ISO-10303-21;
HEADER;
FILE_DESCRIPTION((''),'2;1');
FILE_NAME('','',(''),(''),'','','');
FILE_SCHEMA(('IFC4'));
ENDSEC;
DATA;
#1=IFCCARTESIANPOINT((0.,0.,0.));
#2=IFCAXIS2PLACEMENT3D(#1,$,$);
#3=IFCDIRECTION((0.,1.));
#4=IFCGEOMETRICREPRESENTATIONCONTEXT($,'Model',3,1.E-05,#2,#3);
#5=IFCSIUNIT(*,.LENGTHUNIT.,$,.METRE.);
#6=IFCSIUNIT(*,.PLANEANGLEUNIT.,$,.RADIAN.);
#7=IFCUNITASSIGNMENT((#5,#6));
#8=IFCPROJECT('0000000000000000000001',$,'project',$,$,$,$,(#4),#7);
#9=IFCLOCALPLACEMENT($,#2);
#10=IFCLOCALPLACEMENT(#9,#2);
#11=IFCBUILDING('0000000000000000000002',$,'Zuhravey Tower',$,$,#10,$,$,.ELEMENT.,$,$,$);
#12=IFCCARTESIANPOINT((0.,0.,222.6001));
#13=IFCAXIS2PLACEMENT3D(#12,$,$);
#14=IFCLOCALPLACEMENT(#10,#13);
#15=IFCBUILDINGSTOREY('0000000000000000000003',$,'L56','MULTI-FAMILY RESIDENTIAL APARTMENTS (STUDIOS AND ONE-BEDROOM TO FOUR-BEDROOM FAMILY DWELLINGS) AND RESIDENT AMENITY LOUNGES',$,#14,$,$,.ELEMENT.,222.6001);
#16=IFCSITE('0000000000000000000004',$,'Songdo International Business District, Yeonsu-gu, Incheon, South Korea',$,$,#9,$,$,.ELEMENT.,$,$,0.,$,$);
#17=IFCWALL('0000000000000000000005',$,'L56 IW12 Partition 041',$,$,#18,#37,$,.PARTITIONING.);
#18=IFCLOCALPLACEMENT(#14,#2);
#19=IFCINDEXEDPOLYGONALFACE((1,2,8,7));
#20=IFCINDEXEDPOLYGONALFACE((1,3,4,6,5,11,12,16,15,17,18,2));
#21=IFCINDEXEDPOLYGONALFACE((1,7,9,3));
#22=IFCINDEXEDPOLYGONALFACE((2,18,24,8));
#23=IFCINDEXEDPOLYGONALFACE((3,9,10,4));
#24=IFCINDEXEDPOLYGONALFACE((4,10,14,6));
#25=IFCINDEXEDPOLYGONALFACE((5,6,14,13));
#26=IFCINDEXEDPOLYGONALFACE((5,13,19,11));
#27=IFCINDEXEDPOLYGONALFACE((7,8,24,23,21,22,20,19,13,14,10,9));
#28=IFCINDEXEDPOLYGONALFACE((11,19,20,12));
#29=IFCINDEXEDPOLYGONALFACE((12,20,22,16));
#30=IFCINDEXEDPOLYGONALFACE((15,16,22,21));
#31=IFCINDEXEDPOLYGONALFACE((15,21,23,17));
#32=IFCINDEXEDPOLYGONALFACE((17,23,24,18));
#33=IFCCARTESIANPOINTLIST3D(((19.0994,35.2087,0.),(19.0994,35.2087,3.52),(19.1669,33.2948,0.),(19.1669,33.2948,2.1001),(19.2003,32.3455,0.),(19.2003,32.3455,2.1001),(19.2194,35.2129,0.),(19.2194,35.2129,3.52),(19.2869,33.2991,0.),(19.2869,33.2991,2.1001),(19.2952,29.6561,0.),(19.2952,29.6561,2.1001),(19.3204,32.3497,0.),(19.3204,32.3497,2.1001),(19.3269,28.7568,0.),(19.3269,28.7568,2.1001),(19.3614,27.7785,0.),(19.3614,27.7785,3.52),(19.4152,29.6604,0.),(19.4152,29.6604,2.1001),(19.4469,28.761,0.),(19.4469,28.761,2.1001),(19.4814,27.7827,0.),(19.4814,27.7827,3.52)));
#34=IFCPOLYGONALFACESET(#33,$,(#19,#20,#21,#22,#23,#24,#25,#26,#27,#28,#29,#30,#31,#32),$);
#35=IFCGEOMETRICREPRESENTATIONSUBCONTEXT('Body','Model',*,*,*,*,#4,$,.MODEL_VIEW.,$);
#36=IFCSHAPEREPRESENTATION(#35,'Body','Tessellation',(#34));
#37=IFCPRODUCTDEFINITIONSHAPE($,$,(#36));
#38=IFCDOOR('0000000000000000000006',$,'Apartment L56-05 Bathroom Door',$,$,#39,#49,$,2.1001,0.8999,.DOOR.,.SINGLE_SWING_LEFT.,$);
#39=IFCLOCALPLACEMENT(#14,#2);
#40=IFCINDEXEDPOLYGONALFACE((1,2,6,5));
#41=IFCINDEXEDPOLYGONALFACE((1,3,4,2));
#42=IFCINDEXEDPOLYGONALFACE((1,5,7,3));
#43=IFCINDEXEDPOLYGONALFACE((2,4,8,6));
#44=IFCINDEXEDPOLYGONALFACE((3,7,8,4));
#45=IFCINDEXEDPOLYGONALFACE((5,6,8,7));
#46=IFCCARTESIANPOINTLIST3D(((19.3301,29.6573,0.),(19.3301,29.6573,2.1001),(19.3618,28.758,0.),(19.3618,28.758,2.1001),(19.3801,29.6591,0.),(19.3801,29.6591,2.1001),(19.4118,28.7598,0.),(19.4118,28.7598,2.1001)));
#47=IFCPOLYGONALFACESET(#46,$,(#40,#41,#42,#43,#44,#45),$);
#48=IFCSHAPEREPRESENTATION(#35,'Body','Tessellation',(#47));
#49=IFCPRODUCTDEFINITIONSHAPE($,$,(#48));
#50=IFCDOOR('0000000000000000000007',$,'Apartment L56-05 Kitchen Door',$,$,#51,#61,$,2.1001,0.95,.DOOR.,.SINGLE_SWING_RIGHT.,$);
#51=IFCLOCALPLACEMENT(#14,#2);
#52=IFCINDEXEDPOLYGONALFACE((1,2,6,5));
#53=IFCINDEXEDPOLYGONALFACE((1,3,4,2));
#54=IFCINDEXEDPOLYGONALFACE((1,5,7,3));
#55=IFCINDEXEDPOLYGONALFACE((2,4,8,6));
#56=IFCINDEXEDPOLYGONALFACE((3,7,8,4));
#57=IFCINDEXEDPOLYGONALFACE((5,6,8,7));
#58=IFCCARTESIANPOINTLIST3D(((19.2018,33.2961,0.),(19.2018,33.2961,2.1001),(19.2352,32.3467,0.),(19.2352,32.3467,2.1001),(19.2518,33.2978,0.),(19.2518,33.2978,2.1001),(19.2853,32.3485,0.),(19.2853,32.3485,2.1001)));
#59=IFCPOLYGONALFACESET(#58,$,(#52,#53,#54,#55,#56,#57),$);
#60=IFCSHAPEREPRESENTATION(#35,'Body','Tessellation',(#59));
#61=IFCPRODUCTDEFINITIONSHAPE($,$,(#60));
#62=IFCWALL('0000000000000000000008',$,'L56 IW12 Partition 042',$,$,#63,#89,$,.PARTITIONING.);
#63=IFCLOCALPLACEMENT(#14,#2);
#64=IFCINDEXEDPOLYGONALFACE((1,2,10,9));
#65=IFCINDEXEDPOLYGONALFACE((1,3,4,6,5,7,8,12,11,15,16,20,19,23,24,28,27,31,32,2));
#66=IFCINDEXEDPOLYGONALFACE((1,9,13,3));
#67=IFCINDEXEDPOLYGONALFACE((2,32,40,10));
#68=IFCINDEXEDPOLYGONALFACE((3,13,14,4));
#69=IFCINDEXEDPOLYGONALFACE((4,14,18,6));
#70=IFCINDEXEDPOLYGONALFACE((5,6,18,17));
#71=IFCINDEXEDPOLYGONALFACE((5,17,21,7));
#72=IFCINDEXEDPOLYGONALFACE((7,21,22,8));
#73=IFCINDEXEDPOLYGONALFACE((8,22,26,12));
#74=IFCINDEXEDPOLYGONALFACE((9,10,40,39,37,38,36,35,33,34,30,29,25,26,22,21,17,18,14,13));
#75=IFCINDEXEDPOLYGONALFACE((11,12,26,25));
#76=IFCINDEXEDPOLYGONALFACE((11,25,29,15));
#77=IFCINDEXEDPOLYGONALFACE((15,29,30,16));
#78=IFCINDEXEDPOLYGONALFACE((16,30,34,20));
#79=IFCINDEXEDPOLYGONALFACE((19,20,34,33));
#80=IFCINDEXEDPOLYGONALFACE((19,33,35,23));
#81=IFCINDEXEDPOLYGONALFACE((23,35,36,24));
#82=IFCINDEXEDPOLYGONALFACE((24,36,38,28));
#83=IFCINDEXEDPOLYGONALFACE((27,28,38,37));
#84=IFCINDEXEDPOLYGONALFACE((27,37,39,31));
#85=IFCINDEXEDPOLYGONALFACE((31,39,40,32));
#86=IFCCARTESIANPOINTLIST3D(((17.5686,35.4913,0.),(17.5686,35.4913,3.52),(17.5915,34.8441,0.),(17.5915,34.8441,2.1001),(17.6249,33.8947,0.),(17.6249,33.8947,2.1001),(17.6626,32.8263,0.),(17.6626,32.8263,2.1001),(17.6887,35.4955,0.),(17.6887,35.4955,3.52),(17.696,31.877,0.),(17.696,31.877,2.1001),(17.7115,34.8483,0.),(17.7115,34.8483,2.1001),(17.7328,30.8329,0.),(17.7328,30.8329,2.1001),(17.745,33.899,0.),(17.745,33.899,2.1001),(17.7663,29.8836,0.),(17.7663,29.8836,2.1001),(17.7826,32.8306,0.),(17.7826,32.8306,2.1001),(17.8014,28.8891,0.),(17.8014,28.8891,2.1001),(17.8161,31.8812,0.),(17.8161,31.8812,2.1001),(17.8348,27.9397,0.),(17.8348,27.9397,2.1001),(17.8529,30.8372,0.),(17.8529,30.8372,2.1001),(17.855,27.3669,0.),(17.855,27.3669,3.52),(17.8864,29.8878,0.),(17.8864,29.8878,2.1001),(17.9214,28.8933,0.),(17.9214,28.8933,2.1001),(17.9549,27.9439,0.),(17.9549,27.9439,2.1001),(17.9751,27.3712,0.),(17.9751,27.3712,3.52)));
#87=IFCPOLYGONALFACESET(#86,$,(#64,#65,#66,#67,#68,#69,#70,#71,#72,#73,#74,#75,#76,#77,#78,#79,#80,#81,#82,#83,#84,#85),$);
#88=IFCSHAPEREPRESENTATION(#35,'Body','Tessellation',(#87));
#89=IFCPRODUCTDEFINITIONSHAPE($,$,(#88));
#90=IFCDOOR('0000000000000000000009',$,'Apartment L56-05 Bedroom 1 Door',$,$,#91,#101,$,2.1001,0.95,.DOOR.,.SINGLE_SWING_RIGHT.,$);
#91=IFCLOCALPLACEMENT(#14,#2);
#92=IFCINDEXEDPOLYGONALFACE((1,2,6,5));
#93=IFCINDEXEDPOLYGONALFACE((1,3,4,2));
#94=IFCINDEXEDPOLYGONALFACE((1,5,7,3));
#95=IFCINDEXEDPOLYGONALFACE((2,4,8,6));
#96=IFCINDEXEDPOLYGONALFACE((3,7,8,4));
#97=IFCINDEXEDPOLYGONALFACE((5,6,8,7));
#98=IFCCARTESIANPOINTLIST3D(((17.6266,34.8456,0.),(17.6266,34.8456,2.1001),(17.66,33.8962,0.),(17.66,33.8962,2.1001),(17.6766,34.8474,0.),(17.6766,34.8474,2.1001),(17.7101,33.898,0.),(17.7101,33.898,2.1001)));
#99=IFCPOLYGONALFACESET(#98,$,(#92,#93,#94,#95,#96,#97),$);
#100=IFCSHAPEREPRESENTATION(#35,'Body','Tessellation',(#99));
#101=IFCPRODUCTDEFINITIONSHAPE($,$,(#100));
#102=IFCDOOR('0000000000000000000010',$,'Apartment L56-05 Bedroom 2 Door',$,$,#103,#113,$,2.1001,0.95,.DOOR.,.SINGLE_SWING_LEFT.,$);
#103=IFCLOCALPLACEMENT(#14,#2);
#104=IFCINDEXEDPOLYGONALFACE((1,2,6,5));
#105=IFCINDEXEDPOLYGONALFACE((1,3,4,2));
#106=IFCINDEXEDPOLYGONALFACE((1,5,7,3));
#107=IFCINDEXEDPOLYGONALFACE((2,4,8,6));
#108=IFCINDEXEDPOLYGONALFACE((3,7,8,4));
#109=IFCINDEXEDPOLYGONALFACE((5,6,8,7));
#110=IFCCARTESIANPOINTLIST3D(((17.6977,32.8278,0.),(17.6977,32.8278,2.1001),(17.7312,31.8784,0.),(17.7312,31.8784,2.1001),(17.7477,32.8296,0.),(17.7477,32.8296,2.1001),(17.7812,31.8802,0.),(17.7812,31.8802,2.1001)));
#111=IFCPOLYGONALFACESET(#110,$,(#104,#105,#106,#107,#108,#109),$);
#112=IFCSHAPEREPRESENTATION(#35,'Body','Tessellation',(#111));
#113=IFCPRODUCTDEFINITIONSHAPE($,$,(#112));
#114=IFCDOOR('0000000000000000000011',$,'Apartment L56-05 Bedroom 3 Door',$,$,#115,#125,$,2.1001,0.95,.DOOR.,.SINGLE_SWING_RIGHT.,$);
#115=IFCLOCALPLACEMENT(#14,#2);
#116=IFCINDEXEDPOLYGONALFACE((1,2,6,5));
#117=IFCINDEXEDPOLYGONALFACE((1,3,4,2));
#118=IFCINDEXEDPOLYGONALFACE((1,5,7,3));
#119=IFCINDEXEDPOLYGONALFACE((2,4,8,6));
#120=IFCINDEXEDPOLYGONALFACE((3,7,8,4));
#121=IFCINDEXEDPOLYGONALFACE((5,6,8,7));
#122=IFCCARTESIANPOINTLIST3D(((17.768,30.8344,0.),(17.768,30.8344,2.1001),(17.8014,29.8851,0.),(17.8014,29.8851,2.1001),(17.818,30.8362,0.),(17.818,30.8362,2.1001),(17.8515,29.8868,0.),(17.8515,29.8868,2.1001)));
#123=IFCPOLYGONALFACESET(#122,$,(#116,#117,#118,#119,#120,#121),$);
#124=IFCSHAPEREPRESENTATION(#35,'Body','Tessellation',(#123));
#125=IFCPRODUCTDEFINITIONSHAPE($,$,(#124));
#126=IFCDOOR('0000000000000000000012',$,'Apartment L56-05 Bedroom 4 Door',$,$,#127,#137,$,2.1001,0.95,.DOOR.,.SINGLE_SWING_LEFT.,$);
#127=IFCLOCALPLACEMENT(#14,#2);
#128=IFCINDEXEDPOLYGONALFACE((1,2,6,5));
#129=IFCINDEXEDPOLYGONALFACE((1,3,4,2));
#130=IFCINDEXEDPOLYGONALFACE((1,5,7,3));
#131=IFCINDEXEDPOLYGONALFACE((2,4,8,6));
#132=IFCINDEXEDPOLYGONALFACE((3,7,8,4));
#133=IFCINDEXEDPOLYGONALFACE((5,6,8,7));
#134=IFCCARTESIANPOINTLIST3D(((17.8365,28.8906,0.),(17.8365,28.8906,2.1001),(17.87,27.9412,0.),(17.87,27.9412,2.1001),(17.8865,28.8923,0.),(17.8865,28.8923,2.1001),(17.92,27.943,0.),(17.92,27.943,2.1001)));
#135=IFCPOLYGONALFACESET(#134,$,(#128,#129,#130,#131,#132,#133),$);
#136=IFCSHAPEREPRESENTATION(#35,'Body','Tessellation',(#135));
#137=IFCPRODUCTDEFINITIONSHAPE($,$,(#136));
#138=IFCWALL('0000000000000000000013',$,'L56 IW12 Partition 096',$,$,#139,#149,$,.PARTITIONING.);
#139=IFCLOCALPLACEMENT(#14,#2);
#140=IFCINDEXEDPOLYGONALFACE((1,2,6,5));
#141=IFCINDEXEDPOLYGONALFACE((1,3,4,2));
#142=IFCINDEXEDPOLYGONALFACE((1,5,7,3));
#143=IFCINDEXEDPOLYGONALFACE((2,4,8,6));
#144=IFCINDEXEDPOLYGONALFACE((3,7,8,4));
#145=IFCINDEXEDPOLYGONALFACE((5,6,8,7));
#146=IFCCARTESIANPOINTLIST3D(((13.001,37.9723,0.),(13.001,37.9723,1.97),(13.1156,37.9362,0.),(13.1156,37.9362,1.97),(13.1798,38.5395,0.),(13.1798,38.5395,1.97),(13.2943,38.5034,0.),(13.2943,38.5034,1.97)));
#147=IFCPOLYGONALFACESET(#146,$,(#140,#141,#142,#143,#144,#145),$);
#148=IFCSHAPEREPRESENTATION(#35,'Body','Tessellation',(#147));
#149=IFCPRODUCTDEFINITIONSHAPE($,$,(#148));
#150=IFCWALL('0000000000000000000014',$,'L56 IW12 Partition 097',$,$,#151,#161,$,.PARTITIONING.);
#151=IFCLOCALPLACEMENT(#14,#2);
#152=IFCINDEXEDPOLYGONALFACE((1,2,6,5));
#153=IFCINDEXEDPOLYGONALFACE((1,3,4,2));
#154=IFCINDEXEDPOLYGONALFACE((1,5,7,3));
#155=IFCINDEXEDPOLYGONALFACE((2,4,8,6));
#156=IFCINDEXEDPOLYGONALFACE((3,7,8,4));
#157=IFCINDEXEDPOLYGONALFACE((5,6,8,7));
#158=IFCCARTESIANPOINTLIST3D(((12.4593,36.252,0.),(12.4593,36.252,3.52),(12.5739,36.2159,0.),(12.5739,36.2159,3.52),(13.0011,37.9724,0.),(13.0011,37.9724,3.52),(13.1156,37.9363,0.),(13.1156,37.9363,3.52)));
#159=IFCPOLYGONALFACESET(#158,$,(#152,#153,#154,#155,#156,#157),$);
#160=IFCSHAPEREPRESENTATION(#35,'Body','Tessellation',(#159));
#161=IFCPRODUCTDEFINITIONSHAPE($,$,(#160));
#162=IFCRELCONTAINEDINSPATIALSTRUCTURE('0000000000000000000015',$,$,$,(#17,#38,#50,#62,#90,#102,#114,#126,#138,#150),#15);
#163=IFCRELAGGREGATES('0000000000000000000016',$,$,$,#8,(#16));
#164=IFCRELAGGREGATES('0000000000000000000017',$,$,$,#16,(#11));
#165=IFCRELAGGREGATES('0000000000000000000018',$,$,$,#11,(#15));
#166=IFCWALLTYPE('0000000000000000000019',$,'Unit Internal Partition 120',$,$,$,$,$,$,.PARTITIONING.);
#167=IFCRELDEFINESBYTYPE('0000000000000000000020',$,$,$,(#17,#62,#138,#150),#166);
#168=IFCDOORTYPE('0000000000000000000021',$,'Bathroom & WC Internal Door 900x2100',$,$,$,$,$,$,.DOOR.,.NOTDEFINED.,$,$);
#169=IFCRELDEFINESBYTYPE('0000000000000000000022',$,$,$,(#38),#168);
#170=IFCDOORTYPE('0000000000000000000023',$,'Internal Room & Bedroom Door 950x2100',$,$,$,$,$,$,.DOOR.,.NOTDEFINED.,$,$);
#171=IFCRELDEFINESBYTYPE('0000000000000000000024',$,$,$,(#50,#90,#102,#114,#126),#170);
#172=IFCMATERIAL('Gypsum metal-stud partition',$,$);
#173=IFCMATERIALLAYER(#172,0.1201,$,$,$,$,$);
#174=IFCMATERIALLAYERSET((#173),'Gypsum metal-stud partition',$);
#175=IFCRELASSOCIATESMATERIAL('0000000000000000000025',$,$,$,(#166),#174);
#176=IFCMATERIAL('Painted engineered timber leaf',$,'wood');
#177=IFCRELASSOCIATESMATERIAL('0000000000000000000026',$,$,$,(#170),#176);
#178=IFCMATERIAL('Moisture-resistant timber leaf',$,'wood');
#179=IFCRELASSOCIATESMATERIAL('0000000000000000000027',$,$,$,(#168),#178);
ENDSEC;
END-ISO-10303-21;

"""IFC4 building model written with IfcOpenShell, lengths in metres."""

from ifc_helpers import new_model, si_unit, direction, frame, frame_2d, origin, place, context, subcontext, project, spatial, rectangle, extrude, material, layer, layer_set, type_object, element, fill, save


model = new_model("IFC4")

# Units and contexts
model_context = context("Model", 3, precision=1e-05, world=origin(), true_north=direction((0.0, 1.0)))
body_context = subcontext(model_context, "Body", "Model", "MODEL_VIEW")
ifc_project = project(units=[si_unit("LENGTHUNIT", "METRE"), si_unit("PLANEANGLEUNIT", "RADIAN")], contexts=[model_context])

# Site, building, storey
site_placement = place(None, origin())
site = spatial("IfcSite", under=ifc_project, at=site_placement, Name="Songdo International Business District, Yeonsu-gu, Incheon, South Korea", CompositionType="ELEMENT", RefElevation=0.0)
building_placement = place(site_placement, origin())
building = spatial("IfcBuilding", under=site, at=building_placement, Name="Zuhravey Tower", CompositionType="ELEMENT")
storey_placement = place(building_placement, frame((0.0, 0.0, 222.6001)))
storey = spatial("IfcBuildingStorey", under=building, at=storey_placement, Name="L56", Description="MULTI-FAMILY RESIDENTIAL APARTMENTS (STUDIOS AND ONE-BEDROOM TO FOUR-BEDROOM FAMILY DWELLINGS) AND RESIDENT AMENITY LOUNGES", CompositionType="ELEMENT", Elevation=222.6001)

# Shared definitions
ifc_material_1 = material(Name="Gypsum metal-stud partition")
ifc_layer_1 = layer(ifc_material_1, 0.1201)
ifc_layer_set_1 = layer_set([ifc_layer_1], Name="Gypsum metal-stud partition")
wall_type_1 = type_object("IfcWallType", Name="Unit Internal Partition 120", PredefinedType="PARTITIONING", material=ifc_layer_set_1)
ifc_material_2 = material(Name="Painted engineered timber leaf", Category="wood")
door_type_1 = type_object("IfcDoorType", Name="Internal Room & Bedroom Door 950x2100", OperationType="NOTDEFINED", PredefinedType="DOOR", material=ifc_material_2)

# Walls, openings, doors
wall_1_placement = place(storey_placement, frame((19.1594, 35.2107, 0.0), z_axis=(0.0, 0.0, 1.0), x_axis=(0.035235, -0.999379, 0.0)))
wall_1 = element("IfcWall", 1, at=wall_1_placement, inside=storey, type_object=wall_type_1, Name="L56 IW12 Partition 041", PredefinedType="PARTITIONING", context=body_context, shape_type="SweptSolid", body=[
    extrude(rectangle(XDim=7.4348, YDim=0.1201, at=frame_2d((3.7173, 0.0))), origin(), (0.0, 0.0, 1.0), 3.52),
])
opening_1_placement = place(wall_1_placement, frame((1.9148, 0.0, 0.0)))
opening_1 = element("IfcOpeningElement", 2, at=opening_1_placement, cuts=wall_1, PredefinedType="OPENING", context=body_context, shape_type="SweptSolid", body=[
    extrude(rectangle(XDim=0.95, YDim=2.1001, at=frame_2d((0.4751, 1.05))), frame((0.0, 0.072, 0.0), z_axis=(0.0, -1.0, 0.0), x_axis=(1.0, 0.0, 0.0)), (0.0, 0.0, 1.0), 0.144),
])
opening_2_placement = place(wall_1_placement, frame((5.5559, 0.0, 0.0)))
opening_2 = element("IfcOpeningElement", 3, at=opening_2_placement, cuts=wall_1, PredefinedType="OPENING", context=body_context, shape_type="SweptSolid", body=[
    extrude(rectangle(XDim=0.8999, YDim=2.1001, at=frame_2d((0.45, 1.05))), frame((0.0, 0.072, 0.0), z_axis=(0.0, -1.0, 0.0), x_axis=(1.0, 0.0, 0.0)), (0.0, 0.0, 1.0), 0.144),
])
ifc_material_3 = material(Name="Moisture-resistant timber leaf", Category="wood")
door_type_2 = type_object("IfcDoorType", Name="Bathroom & WC Internal Door 900x2100", OperationType="NOTDEFINED", PredefinedType="DOOR", material=ifc_material_3)
door_1_placement = place(opening_2_placement, origin())
door_1 = element("IfcDoor", 4, at=door_1_placement, inside=storey, type_object=door_type_2, Name="Apartment L56-05 Bathroom Door", OperationType="SINGLE_SWING_LEFT", OverallHeight=2.1001, OverallWidth=0.8999, PredefinedType="DOOR", context=body_context, shape_type="SweptSolid", body=[
    extrude(rectangle(XDim=0.8999, YDim=2.1001, at=frame_2d((0.45, 1.05))), frame((0.0, 0.0249, 0.0), z_axis=(0.0, -1.0, 0.0), x_axis=(1.0, 0.0, 0.0)), (0.0, 0.0, 1.0), 0.05),
])
fill(opening_2, door_1)
door_2_placement = place(opening_1_placement, origin())
door_2 = element("IfcDoor", 5, at=door_2_placement, inside=storey, type_object=door_type_1, Name="Apartment L56-05 Kitchen Door", OperationType="SINGLE_SWING_RIGHT", OverallHeight=2.1001, OverallWidth=0.95, PredefinedType="DOOR", context=body_context, shape_type="SweptSolid", body=[
    extrude(rectangle(XDim=0.95, YDim=2.1001, at=frame_2d((0.4751, 1.05))), frame((0.0, 0.0249, 0.0), z_axis=(0.0, -1.0, 0.0), x_axis=(1.0, 0.0, 0.0)), (0.0, 0.0, 1.0), 0.05),
])
fill(opening_1, door_2)
wall_2_placement = place(storey_placement, frame((17.6287, 35.4934, 0.0), z_axis=(0.0, 0.0, 1.0), x_axis=(0.035228, -0.999379, 0.0)))
wall_2 = element("IfcWall", 6, at=wall_2_placement, inside=storey, type_object=wall_type_1, Name="L56 IW12 Partition 042", PredefinedType="PARTITIONING", context=body_context, shape_type="SweptSolid", body=[
    extrude(rectangle(XDim=8.1294, YDim=0.1201, at=frame_2d((4.0647, 0.0))), origin(), (0.0, 0.0, 1.0), 3.52),
])
opening_3_placement = place(wall_2_placement, frame((0.6475, 0.0, 0.0)))
opening_3 = element("IfcOpeningElement", 7, at=opening_3_placement, cuts=wall_2, PredefinedType="OPENING", context=body_context, shape_type="SweptSolid", body=[
    extrude(rectangle(XDim=0.95, YDim=2.1001, at=frame_2d((0.4751, 1.05))), frame((0.0, 0.072, 0.0), z_axis=(0.0, -1.0, 0.0), x_axis=(1.0, 0.0, 0.0)), (0.0, 0.0, 1.0), 0.144),
])
opening_4_placement = place(wall_2_placement, frame((2.6665, 0.0, 0.0)))
opening_4 = element("IfcOpeningElement", 8, at=opening_4_placement, cuts=wall_2, PredefinedType="OPENING", context=body_context, shape_type="SweptSolid", body=[
    extrude(rectangle(XDim=0.95, YDim=2.1001, at=frame_2d((0.4751, 1.05))), frame((0.0, 0.072, 0.0), z_axis=(0.0, -1.0, 0.0), x_axis=(1.0, 0.0, 0.0)), (0.0, 0.0, 1.0), 0.144),
])
opening_5_placement = place(wall_2_placement, frame((4.6611, 0.0, 0.0)))
opening_5 = element("IfcOpeningElement", 9, at=opening_5_placement, cuts=wall_2, PredefinedType="OPENING", context=body_context, shape_type="SweptSolid", body=[
    extrude(rectangle(XDim=0.95, YDim=2.1001, at=frame_2d((0.4751, 1.05))), frame((0.0, 0.072, 0.0), z_axis=(0.0, -1.0, 0.0), x_axis=(1.0, 0.0, 0.0)), (0.0, 0.0, 1.0), 0.144),
])
opening_6_placement = place(wall_2_placement, frame((6.6062, 0.0, 0.0)))
opening_6 = element("IfcOpeningElement", 10, at=opening_6_placement, cuts=wall_2, PredefinedType="OPENING", context=body_context, shape_type="SweptSolid", body=[
    extrude(rectangle(XDim=0.95, YDim=2.1001, at=frame_2d((0.4751, 1.05))), frame((0.0, 0.072, 0.0), z_axis=(0.0, -1.0, 0.0), x_axis=(1.0, 0.0, 0.0)), (0.0, 0.0, 1.0), 0.144),
])
door_3_placement = place(opening_3_placement, frame((0.95, 0.0, 0.0), z_axis=(0.0, 0.0, 1.0), x_axis=(-1.0, 0.0, 0.0)))
door_3 = element("IfcDoor", 11, at=door_3_placement, inside=storey, type_object=door_type_1, Name="Apartment L56-05 Bedroom 1 Door", OperationType="SINGLE_SWING_RIGHT", OverallHeight=2.1001, OverallWidth=0.95, PredefinedType="DOOR", context=body_context, shape_type="SweptSolid", body=[
    extrude(rectangle(XDim=0.95, YDim=2.1001, at=frame_2d((0.4751, 1.05))), frame((0.0, 0.0249, 0.0), z_axis=(0.0, -1.0, 0.0), x_axis=(1.0, 0.0, 0.0)), (0.0, 0.0, 1.0), 0.05),
])
fill(opening_3, door_3)
door_4_placement = place(opening_4_placement, frame((0.95, 0.0, 0.0), z_axis=(0.0, 0.0, 1.0), x_axis=(-1.0, 0.0, 0.0)))
door_4 = element("IfcDoor", 12, at=door_4_placement, inside=storey, type_object=door_type_1, Name="Apartment L56-05 Bedroom 2 Door", OperationType="SINGLE_SWING_LEFT", OverallHeight=2.1001, OverallWidth=0.95, PredefinedType="DOOR", context=body_context, shape_type="SweptSolid", body=[
    extrude(rectangle(XDim=0.95, YDim=2.1001, at=frame_2d((0.4751, 1.05))), frame((0.0, 0.0249, 0.0), z_axis=(0.0, -1.0, 0.0), x_axis=(1.0, 0.0, 0.0)), (0.0, 0.0, 1.0), 0.05),
])
fill(opening_4, door_4)
door_5_placement = place(opening_5_placement, frame((0.95, 0.0, 0.0), z_axis=(0.0, 0.0, 1.0), x_axis=(-1.0, 0.0, 0.0)))
door_5 = element("IfcDoor", 13, at=door_5_placement, inside=storey, type_object=door_type_1, Name="Apartment L56-05 Bedroom 3 Door", OperationType="SINGLE_SWING_RIGHT", OverallHeight=2.1001, OverallWidth=0.95, PredefinedType="DOOR", context=body_context, shape_type="SweptSolid", body=[
    extrude(rectangle(XDim=0.95, YDim=2.1001, at=frame_2d((0.4751, 1.05))), frame((0.0, 0.0249, 0.0), z_axis=(0.0, -1.0, 0.0), x_axis=(1.0, 0.0, 0.0)), (0.0, 0.0, 1.0), 0.05),
])
fill(opening_5, door_5)
door_6_placement = place(opening_6_placement, frame((0.95, 0.0, 0.0), z_axis=(0.0, 0.0, 1.0), x_axis=(-1.0, 0.0, 0.0)))
door_6 = element("IfcDoor", 14, at=door_6_placement, inside=storey, type_object=door_type_1, Name="Apartment L56-05 Bedroom 4 Door", OperationType="SINGLE_SWING_LEFT", OverallHeight=2.1001, OverallWidth=0.95, PredefinedType="DOOR", context=body_context, shape_type="SweptSolid", body=[
    extrude(rectangle(XDim=0.95, YDim=2.1001, at=frame_2d((0.4751, 1.05))), frame((0.0, 0.0249, 0.0), z_axis=(0.0, -1.0, 0.0), x_axis=(1.0, 0.0, 0.0)), (0.0, 0.0, 1.0), 0.05),
])
fill(opening_6, door_6)

# Walls
wall_3_placement = place(storey_placement, frame((13.2371, 38.5215, 0.0), z_axis=(0.0, 0.0, 1.0), x_axis=(-0.300542, -0.953769, 0.0)))
element("IfcWall", 15, at=wall_3_placement, inside=storey, type_object=wall_type_1, Name="L56 IW12 Partition 096", PredefinedType="PARTITIONING", context=body_context, shape_type="SweptSolid", body=[
    extrude(rectangle(XDim=0.5947, YDim=0.1201, at=frame_2d((0.2974, 0.0))), origin(), (0.0, 0.0, 1.0), 1.97),
])
wall_4_placement = place(storey_placement, frame((13.0583, 37.9543, 0.0), z_axis=(0.0, 0.0, 1.0), x_axis=(-0.300347, -0.95383, 0.0)))
element("IfcWall", 16, at=wall_4_placement, inside=storey, type_object=wall_type_1, Name="L56 IW12 Partition 097", PredefinedType="PARTITIONING", context=body_context, shape_type="SweptSolid", body=[
    extrude(rectangle(XDim=1.8037, YDim=0.1201, at=frame_2d((0.9019, 0.0))), origin(), (0.0, 0.0, 1.0), 3.52),
])

save(model, "model.ifc")
